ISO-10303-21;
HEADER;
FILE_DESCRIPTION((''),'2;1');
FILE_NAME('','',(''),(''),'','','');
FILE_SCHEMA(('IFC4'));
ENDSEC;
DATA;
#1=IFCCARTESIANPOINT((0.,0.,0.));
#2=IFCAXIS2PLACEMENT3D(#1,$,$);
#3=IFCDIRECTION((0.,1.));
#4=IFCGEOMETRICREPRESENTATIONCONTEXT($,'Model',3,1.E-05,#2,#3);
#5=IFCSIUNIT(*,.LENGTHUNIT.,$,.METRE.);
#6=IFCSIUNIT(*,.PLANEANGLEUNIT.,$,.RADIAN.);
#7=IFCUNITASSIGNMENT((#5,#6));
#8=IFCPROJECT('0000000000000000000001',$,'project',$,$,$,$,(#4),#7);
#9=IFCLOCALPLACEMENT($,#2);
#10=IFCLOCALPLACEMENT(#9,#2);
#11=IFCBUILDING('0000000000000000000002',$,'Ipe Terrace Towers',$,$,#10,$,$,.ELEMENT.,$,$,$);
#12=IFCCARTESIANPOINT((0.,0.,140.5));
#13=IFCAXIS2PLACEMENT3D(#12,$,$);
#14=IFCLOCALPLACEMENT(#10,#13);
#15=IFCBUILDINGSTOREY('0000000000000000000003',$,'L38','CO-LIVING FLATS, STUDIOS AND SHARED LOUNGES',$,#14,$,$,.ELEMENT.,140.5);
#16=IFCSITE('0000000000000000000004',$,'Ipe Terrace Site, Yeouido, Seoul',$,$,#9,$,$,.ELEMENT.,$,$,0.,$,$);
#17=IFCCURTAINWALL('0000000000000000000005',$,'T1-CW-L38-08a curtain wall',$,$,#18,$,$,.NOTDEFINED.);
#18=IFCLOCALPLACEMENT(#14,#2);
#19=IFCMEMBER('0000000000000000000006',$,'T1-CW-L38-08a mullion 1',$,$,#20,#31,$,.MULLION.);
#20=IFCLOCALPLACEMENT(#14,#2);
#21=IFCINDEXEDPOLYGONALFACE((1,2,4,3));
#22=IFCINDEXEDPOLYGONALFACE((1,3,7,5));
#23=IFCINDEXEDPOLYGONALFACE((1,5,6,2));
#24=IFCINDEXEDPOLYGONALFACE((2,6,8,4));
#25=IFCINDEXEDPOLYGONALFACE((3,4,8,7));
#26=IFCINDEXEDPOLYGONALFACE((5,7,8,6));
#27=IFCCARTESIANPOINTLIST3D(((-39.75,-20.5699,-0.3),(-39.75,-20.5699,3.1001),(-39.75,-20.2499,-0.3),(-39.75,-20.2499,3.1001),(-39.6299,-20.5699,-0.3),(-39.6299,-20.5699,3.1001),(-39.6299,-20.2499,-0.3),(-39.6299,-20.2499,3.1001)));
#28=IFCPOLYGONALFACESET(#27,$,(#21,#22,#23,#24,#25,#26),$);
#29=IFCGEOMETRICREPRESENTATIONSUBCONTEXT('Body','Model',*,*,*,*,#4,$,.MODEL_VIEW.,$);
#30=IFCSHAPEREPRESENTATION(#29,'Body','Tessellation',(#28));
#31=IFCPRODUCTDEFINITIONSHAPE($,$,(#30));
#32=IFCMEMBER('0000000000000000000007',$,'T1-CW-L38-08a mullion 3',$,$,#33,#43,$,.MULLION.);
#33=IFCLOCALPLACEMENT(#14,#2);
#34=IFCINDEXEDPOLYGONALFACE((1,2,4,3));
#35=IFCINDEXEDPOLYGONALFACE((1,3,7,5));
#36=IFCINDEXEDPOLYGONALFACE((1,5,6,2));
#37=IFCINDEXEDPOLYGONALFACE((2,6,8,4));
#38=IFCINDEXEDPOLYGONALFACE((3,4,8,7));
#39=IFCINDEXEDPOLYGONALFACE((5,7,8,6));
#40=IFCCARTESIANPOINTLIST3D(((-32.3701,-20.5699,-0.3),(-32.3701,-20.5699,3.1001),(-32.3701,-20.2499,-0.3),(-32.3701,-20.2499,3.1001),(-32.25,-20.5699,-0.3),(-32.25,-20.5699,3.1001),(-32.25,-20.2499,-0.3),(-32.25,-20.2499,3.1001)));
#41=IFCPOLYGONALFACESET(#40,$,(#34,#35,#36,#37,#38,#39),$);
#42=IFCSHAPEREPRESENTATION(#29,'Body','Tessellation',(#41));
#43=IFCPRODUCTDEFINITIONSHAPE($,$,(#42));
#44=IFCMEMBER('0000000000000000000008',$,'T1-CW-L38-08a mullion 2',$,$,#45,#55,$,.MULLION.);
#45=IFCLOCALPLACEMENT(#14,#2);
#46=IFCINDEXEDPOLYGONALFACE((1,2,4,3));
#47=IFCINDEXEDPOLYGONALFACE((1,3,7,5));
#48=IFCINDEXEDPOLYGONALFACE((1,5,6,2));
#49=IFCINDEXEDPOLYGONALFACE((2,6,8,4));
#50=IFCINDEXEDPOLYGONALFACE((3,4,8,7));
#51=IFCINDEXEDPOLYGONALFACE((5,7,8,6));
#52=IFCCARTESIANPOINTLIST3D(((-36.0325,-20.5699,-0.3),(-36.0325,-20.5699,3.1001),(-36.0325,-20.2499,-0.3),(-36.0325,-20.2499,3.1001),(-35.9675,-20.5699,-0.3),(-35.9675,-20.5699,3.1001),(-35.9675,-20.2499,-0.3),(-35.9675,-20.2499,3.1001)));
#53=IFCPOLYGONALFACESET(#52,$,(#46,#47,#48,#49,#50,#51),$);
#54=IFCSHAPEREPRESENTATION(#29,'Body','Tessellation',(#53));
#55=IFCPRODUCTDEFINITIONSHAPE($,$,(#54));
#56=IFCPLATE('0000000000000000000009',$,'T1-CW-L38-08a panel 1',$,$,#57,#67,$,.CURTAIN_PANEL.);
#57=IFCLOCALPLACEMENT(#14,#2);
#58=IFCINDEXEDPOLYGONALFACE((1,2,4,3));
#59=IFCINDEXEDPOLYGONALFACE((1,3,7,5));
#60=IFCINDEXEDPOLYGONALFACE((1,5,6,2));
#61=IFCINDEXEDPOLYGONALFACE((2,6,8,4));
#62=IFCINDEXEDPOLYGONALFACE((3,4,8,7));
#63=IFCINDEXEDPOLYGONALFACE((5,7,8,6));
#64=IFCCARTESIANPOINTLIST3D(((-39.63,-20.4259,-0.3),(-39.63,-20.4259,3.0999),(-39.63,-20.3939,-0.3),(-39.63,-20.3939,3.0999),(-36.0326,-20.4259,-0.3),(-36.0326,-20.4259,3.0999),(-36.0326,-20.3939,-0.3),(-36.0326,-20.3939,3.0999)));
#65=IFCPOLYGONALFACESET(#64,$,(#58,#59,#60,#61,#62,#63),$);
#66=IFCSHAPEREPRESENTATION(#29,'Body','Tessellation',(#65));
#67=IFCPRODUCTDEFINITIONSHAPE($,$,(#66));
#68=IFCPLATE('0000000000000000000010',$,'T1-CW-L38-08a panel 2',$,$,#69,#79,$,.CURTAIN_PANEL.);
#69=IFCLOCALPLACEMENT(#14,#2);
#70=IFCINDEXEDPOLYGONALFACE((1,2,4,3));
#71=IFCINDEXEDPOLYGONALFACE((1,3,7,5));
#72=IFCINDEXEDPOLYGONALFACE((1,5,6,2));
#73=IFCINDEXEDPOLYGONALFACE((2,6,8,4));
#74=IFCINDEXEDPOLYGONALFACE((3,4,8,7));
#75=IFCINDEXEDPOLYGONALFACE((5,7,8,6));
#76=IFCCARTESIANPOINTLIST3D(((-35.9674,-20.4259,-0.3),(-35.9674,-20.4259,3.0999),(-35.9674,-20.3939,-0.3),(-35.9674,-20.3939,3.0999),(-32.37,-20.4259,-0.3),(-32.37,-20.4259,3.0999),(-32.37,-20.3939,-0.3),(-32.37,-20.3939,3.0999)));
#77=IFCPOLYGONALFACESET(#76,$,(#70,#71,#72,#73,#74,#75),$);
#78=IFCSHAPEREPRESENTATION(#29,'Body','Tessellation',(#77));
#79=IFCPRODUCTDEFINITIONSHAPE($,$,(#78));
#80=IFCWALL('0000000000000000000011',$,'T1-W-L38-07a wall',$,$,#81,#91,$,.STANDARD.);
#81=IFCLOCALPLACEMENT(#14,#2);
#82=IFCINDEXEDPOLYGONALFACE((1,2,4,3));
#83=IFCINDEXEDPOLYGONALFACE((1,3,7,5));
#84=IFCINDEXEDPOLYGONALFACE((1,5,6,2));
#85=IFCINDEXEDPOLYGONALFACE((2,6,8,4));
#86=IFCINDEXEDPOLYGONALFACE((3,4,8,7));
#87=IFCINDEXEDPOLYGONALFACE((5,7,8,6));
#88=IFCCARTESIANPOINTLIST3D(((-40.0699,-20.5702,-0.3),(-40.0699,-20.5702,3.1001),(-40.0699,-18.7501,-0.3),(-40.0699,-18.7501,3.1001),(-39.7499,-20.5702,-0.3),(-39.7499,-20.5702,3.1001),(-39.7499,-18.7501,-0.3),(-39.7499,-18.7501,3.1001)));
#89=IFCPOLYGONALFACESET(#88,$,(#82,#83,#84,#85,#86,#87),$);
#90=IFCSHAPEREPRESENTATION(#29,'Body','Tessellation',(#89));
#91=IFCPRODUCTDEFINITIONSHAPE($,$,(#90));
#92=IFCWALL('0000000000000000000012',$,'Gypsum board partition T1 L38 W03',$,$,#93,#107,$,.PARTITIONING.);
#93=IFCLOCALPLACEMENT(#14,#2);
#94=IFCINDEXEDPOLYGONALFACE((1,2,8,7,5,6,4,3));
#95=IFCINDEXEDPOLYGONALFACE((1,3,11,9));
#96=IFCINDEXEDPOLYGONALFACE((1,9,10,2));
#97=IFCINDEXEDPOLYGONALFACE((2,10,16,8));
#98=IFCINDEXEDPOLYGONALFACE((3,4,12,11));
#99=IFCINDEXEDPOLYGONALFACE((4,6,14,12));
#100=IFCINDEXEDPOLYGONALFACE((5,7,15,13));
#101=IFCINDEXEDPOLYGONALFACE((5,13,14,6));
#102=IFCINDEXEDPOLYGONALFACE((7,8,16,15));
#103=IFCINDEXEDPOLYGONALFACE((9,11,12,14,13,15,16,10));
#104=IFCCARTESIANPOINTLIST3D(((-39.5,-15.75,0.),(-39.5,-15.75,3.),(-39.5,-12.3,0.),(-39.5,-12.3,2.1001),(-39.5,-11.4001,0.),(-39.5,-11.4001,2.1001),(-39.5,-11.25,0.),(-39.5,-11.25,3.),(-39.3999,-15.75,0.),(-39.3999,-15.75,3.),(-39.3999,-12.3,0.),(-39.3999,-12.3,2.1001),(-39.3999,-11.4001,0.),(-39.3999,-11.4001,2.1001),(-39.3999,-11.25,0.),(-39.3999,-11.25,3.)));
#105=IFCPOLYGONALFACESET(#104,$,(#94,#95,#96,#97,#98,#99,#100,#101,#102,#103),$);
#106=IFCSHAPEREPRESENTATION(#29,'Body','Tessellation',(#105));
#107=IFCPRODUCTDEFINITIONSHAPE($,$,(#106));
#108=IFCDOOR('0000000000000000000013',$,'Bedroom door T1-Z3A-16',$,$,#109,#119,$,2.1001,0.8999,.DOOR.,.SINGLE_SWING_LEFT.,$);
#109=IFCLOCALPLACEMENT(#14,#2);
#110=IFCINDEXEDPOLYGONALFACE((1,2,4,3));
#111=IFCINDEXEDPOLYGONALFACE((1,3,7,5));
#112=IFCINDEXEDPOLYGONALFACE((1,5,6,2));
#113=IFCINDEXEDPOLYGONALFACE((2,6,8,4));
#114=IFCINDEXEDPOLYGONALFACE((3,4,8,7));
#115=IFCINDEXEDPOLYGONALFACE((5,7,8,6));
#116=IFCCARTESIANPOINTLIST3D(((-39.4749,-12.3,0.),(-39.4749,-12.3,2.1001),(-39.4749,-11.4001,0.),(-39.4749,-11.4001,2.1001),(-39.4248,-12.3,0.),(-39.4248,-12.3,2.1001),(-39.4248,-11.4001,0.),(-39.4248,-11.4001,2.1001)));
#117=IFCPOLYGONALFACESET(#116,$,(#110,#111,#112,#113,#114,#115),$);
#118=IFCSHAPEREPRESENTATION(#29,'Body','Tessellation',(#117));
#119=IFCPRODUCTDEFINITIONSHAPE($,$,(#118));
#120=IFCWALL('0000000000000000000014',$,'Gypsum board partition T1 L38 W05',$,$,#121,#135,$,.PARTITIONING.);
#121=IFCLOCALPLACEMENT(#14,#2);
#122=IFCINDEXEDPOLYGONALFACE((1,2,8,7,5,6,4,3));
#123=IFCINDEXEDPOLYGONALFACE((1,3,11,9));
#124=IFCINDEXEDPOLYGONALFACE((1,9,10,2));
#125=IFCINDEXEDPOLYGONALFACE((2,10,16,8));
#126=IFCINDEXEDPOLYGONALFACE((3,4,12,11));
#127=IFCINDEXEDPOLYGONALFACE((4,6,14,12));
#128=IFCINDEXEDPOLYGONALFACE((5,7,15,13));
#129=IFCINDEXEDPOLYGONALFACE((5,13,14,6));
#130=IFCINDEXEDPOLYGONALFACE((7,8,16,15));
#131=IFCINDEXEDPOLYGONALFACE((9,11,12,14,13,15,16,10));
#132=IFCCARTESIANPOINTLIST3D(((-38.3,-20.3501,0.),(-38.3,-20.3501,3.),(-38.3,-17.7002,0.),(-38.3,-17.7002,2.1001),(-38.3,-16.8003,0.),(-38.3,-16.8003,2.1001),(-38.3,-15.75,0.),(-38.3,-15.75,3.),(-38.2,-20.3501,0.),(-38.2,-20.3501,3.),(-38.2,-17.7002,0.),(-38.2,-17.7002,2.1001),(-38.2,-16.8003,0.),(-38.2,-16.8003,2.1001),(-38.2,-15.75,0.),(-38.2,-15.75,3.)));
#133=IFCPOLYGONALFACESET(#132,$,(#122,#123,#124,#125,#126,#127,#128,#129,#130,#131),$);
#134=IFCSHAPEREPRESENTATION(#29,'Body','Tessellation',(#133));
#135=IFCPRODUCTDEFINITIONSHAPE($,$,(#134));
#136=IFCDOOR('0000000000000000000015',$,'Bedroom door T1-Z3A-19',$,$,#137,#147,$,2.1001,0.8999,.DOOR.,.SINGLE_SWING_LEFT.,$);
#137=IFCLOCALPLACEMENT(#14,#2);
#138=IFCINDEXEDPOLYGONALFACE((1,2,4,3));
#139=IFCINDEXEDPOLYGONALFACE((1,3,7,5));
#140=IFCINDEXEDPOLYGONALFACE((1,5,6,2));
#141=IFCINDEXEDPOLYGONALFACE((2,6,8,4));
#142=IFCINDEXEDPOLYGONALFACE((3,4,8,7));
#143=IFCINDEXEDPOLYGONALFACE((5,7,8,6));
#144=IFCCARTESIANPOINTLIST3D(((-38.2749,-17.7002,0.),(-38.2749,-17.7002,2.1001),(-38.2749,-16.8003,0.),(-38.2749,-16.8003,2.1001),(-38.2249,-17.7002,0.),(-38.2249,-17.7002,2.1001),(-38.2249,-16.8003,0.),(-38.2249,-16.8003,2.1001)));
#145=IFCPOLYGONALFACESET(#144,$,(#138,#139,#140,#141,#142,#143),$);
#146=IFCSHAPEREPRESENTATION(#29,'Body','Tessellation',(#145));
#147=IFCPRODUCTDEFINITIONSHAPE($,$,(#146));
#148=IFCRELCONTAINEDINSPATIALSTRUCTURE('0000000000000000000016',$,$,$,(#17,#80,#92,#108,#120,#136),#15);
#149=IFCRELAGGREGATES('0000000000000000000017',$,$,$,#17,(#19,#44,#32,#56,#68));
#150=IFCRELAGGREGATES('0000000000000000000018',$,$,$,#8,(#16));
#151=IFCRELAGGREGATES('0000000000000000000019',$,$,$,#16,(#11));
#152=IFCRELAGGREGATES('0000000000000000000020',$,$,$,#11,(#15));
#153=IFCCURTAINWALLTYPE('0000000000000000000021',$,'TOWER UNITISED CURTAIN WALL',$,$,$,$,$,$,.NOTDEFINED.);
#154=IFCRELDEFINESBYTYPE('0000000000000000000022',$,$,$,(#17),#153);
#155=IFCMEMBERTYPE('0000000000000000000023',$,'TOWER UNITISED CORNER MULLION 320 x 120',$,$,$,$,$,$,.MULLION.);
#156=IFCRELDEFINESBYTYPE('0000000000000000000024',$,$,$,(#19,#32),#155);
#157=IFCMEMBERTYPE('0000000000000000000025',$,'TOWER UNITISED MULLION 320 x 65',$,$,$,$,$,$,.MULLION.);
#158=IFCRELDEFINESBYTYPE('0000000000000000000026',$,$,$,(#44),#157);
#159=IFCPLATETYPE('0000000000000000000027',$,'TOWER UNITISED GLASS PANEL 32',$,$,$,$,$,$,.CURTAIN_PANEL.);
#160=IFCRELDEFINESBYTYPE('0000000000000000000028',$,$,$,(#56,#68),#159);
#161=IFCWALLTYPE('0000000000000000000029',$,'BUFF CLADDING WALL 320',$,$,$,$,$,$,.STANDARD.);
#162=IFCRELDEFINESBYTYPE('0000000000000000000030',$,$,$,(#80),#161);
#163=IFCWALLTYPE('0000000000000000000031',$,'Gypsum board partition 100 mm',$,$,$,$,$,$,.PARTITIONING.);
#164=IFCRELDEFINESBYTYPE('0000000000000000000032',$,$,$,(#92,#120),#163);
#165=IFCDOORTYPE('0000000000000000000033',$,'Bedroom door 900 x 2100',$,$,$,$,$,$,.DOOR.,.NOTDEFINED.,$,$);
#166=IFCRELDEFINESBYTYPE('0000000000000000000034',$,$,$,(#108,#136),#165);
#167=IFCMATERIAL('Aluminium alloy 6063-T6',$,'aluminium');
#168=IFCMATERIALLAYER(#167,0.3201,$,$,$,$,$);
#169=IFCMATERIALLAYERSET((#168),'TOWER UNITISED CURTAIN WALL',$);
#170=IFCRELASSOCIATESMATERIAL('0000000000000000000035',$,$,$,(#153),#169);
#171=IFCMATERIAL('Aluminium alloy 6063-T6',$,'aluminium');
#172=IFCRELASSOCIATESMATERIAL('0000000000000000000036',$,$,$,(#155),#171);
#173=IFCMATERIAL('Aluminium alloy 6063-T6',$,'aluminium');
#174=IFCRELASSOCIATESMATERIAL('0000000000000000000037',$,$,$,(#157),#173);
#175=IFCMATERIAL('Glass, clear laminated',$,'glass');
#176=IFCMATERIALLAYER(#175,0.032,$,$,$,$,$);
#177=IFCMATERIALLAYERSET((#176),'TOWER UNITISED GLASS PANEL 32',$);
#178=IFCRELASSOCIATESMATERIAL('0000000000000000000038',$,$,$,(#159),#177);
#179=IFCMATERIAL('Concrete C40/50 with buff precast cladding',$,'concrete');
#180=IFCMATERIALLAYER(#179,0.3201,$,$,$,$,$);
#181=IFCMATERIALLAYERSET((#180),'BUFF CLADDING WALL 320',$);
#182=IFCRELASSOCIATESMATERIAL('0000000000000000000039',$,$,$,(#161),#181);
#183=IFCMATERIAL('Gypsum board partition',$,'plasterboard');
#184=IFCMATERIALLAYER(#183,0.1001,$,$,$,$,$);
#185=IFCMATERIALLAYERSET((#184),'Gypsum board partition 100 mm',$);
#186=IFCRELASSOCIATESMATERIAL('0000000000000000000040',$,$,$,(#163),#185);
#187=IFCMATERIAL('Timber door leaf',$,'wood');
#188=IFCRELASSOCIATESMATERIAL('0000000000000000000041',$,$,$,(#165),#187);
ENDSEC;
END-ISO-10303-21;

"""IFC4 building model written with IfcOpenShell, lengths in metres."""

from ifc_helpers import new_model, si_unit, direction, frame, frame_2d, origin, origin_2d, place, context, subcontext, project, spatial, rectangle, extrude, material, layer, layer_set, material_profile, profile_set, type_object, element, fill, aggregate, save


model = new_model("IFC4")

# Units and contexts
model_context = context("Model", 3, precision=1e-05, world=origin(), true_north=direction((0.0, 1.0)))
body_context = subcontext(model_context, "Body", "Model", "MODEL_VIEW")
ifc_project = project(units=[si_unit("LENGTHUNIT", "METRE"), si_unit("PLANEANGLEUNIT", "RADIAN")], contexts=[model_context])

# Site, building, storey
site_placement = place(None, origin())
site = spatial("IfcSite", under=ifc_project, at=site_placement, Name="Ipe Terrace Site, Yeouido, Seoul", CompositionType="ELEMENT", RefElevation=0.0)
building_placement = place(site_placement, origin())
building = spatial("IfcBuilding", under=site, at=building_placement, Name="Ipe Terrace Towers", CompositionType="ELEMENT")
storey_placement = place(building_placement, frame((0.0, 0.0, 140.5)))
storey = spatial("IfcBuildingStorey", under=building, at=storey_placement, Name="L38", Description="CO-LIVING FLATS, STUDIOS AND SHARED LOUNGES", CompositionType="ELEMENT", Elevation=140.5)

# Curtain wall, members, plates
ifc_material_1 = material(Name="Aluminium alloy 6063-T6", Category="aluminium")
ifc_layer_1 = layer(ifc_material_1, 0.3201)
ifc_layer_set_1 = layer_set([ifc_layer_1], Name="TOWER UNITISED CURTAIN WALL")
curtain_wall_type = type_object("IfcCurtainWallType", Name="TOWER UNITISED CURTAIN WALL", PredefinedType="NOTDEFINED", material=ifc_layer_set_1)
curtain_wall_placement = place(storey_placement, origin())
curtain_wall = element("IfcCurtainWall", 1, at=curtain_wall_placement, inside=storey, type_object=curtain_wall_type, Name="T1-CW-L38-08a curtain wall", PredefinedType="NOTDEFINED")
ifc_material_2 = material(Name="Aluminium alloy 6063-T6", Category="aluminium")
ifc_material_profile_1 = material_profile(ifc_material_2, rectangle(XDim=0.3201, YDim=0.1201, at=origin_2d()), Name="TOWER UNITISED CORNER MULLION 320 x 120")
ifc_profile_set_1 = profile_set([ifc_material_profile_1], Name="Aluminium alloy 6063-T6")
member_type_1 = type_object("IfcMemberType", Name="TOWER UNITISED CORNER MULLION 320 x 120", PredefinedType="MULLION", material=ifc_profile_set_1)
member_1_placement = place(storey_placement, frame((-39.6899, -20.4099, -0.3), z_axis=(0.0, 0.0, 1.0), x_axis=(0.0, -1.0, 0.0)))
member_1 = element("IfcMember", 2, at=member_1_placement, type_object=member_type_1, Name="T1-CW-L38-08a mullion 1", PredefinedType="MULLION", context=body_context, shape_type="SweptSolid", body=[
    extrude(rectangle(XDim=0.3201, YDim=0.1201, at=origin_2d()), origin(), (0.0, 0.0, 1.0), 3.4001),
])
member_2_placement = place(storey_placement, frame((-32.3101, -20.4099, -0.3), z_axis=(0.0, 0.0, 1.0), x_axis=(0.0, -1.0, 0.0)))
member_2 = element("IfcMember", 3, at=member_2_placement, type_object=member_type_1, Name="T1-CW-L38-08a mullion 3", PredefinedType="MULLION", context=body_context, shape_type="SweptSolid", body=[
    extrude(rectangle(XDim=0.3201, YDim=0.1201, at=origin_2d()), origin(), (0.0, 0.0, 1.0), 3.4001),
])
ifc_material_3 = material(Name="Aluminium alloy 6063-T6", Category="aluminium")
ifc_material_profile_2 = material_profile(ifc_material_3, rectangle(XDim=0.3201, YDim=0.0649, at=origin_2d()), Name="TOWER UNITISED MULLION 320 x 65")
ifc_profile_set_2 = profile_set([ifc_material_profile_2], Name="Aluminium alloy 6063-T6")
member_type_2 = type_object("IfcMemberType", Name="TOWER UNITISED MULLION 320 x 65", PredefinedType="MULLION", material=ifc_profile_set_2)
member_3_placement = place(storey_placement, frame((-36.0, -20.4099, -0.3), z_axis=(0.0, 0.0, 1.0), x_axis=(0.0, -1.0, 0.0)))
member_3 = element("IfcMember", 4, at=member_3_placement, type_object=member_type_2, Name="T1-CW-L38-08a mullion 2", PredefinedType="MULLION", context=body_context, shape_type="SweptSolid", body=[
    extrude(rectangle(XDim=0.3201, YDim=0.0649, at=origin_2d()), origin(), (0.0, 0.0, 1.0), 3.4001),
])
ifc_material_4 = material(Name="Glass, clear laminated", Category="glass")
ifc_layer_2 = layer(ifc_material_4, 0.032)
ifc_layer_set_2 = layer_set([ifc_layer_2], Name="TOWER UNITISED GLASS PANEL 32")
plate_type = type_object("IfcPlateType", Name="TOWER UNITISED GLASS PANEL 32", PredefinedType="CURTAIN_PANEL", material=ifc_layer_set_2)
plate_1_placement = place(storey_placement, frame((-37.8313, -20.4099, -0.3), z_axis=(0.0, 0.0, 1.0), x_axis=(1.0, 0.0, 0.0)))
plate_1 = element("IfcPlate", 5, at=plate_1_placement, type_object=plate_type, Name="T1-CW-L38-08a panel 1", PredefinedType="CURTAIN_PANEL", context=body_context, shape_type="SweptSolid", body=[
    extrude(rectangle(XDim=3.5974, YDim=0.032, at=origin_2d()), origin(), (0.0, 0.0, 1.0), 3.3999),
])
plate_2_placement = place(storey_placement, frame((-34.1687, -20.4099, -0.3), z_axis=(0.0, 0.0, 1.0), x_axis=(1.0, 0.0, 0.0)))
plate_2 = element("IfcPlate", 6, at=plate_2_placement, type_object=plate_type, Name="T1-CW-L38-08a panel 2", PredefinedType="CURTAIN_PANEL", context=body_context, shape_type="SweptSolid", body=[
    extrude(rectangle(XDim=3.5974, YDim=0.032, at=origin_2d()), origin(), (0.0, 0.0, 1.0), 3.3999),
])
aggregate(curtain_wall, [member_1, member_3, member_2, plate_1, plate_2])

# Wall
ifc_material_5 = material(Name="Concrete C40/50 with buff precast cladding", Category="concrete")
ifc_layer_3 = layer(ifc_material_5, 0.3201)
ifc_layer_set_3 = layer_set([ifc_layer_3], Name="BUFF CLADDING WALL 320")
wall_type_1 = type_object("IfcWallType", Name="BUFF CLADDING WALL 320", PredefinedType="STANDARD", material=ifc_layer_set_3)
wall_1_placement = place(storey_placement, frame((-39.9099, -18.75, -0.3), z_axis=(0.0, 0.0, 1.0), x_axis=(0.0, -1.0, 0.0)))
element("IfcWall", 7, at=wall_1_placement, inside=storey, type_object=wall_type_1, Name="T1-W-L38-07a wall", PredefinedType="STANDARD", context=body_context, shape_type="SweptSolid", body=[
    extrude(rectangle(XDim=1.8201, YDim=0.3201, at=frame_2d((0.9102, 0.0))), origin(), (0.0, 0.0, 1.0), 3.4001),
])

# Walls, openings, doors
ifc_material_6 = material(Name="Gypsum board partition", Category="plasterboard")
ifc_layer_4 = layer(ifc_material_6, 0.1001)
ifc_layer_set_4 = layer_set([ifc_layer_4], Name="Gypsum board partition 100 mm")
wall_type_2 = type_object("IfcWallType", Name="Gypsum board partition 100 mm", PredefinedType="PARTITIONING", material=ifc_layer_set_4)
wall_2_placement = place(storey_placement, frame((-39.45, -15.75, 0.0), z_axis=(0.0, 0.0, 1.0), x_axis=(0.0, 1.0, 0.0)))
wall_2 = element("IfcWall", 8, at=wall_2_placement, inside=storey, type_object=wall_type_2, Name="Gypsum board partition T1 L38 W03", PredefinedType="PARTITIONING", context=body_context, shape_type="SweptSolid", body=[
    extrude(rectangle(XDim=4.5, YDim=0.1001, at=frame_2d((2.25, 0.0))), origin(), (0.0, 0.0, 1.0), 3.0),
])
opening_1_placement = place(wall_2_placement, frame((3.45, 0.0, 0.0)))
opening_1 = element("IfcOpeningElement", 9, at=opening_1_placement, cuts=wall_2, PredefinedType="OPENING", context=body_context, shape_type="SweptSolid", body=[
    extrude(rectangle(XDim=0.8999, YDim=2.1001, at=frame_2d((0.45, 1.05))), frame((0.0, 0.0601, 0.0), z_axis=(0.0, -1.0, 0.0), x_axis=(1.0, 0.0, 0.0)), (0.0, 0.0, 1.0), 0.1201),
])
ifc_material_7 = material(Name="Timber door leaf", Category="wood")
door_type_1 = type_object("IfcDoorType", Name="Bedroom door 900 x 2100", OperationType="NOTDEFINED", PredefinedType="DOOR", material=ifc_material_7)
door_1_placement = place(opening_1_placement, origin())
door_1 = element("IfcDoor", 10, at=door_1_placement, inside=storey, type_object=door_type_1, Name="Bedroom door T1-Z3A-16", OperationType="SINGLE_SWING_LEFT", OverallHeight=2.1001, OverallWidth=0.8999, PredefinedType="DOOR", context=body_context, shape_type="SweptSolid", body=[
    extrude(rectangle(XDim=0.8999, YDim=2.1001, at=frame_2d((0.45, 1.05))), frame((0.0, 0.0249, 0.0), z_axis=(0.0, -1.0, 0.0), x_axis=(1.0, 0.0, 0.0)), (0.0, 0.0, 1.0), 0.05),
])
fill(opening_1, door_1)
wall_3_placement = place(storey_placement, frame((-38.25, -20.3501, 0.0), z_axis=(0.0, 0.0, 1.0), x_axis=(0.0, 1.0, 0.0)))
wall_3 = element("IfcWall", 11, at=wall_3_placement, inside=storey, type_object=wall_type_2, Name="Gypsum board partition T1 L38 W05", PredefinedType="PARTITIONING", context=body_context, shape_type="SweptSolid", body=[
    extrude(rectangle(XDim=4.6001, YDim=0.1001, at=frame_2d((2.3, 0.0))), origin(), (0.0, 0.0, 1.0), 3.0),
])
opening_2_placement = place(wall_3_placement, frame((2.6499, 0.0, 0.0)))
opening_2 = element("IfcOpeningElement", 12, at=opening_2_placement, cuts=wall_3, PredefinedType="OPENING", context=body_context, shape_type="SweptSolid", body=[
    extrude(rectangle(XDim=0.8999, YDim=2.1001, at=frame_2d((0.45, 1.05))), frame((0.0, 0.0601, 0.0), z_axis=(0.0, -1.0, 0.0), x_axis=(1.0, 0.0, 0.0)), (0.0, 0.0, 1.0), 0.1201),
])
door_2_placement = place(opening_2_placement, origin())
door_2 = element("IfcDoor", 13, at=door_2_placement, inside=storey, type_object=door_type_1, Name="Bedroom door T1-Z3A-19", OperationType="SINGLE_SWING_LEFT", OverallHeight=2.1001, OverallWidth=0.8999, PredefinedType="DOOR", context=body_context, shape_type="SweptSolid", body=[
    extrude(rectangle(XDim=0.8999, YDim=2.1001, at=frame_2d((0.45, 1.05))), frame((0.0, 0.0249, 0.0), z_axis=(0.0, -1.0, 0.0), x_axis=(1.0, 0.0, 0.0)), (0.0, 0.0, 1.0), 0.05),
])
fill(opening_2, door_2)

save(model, "model.ifc")
